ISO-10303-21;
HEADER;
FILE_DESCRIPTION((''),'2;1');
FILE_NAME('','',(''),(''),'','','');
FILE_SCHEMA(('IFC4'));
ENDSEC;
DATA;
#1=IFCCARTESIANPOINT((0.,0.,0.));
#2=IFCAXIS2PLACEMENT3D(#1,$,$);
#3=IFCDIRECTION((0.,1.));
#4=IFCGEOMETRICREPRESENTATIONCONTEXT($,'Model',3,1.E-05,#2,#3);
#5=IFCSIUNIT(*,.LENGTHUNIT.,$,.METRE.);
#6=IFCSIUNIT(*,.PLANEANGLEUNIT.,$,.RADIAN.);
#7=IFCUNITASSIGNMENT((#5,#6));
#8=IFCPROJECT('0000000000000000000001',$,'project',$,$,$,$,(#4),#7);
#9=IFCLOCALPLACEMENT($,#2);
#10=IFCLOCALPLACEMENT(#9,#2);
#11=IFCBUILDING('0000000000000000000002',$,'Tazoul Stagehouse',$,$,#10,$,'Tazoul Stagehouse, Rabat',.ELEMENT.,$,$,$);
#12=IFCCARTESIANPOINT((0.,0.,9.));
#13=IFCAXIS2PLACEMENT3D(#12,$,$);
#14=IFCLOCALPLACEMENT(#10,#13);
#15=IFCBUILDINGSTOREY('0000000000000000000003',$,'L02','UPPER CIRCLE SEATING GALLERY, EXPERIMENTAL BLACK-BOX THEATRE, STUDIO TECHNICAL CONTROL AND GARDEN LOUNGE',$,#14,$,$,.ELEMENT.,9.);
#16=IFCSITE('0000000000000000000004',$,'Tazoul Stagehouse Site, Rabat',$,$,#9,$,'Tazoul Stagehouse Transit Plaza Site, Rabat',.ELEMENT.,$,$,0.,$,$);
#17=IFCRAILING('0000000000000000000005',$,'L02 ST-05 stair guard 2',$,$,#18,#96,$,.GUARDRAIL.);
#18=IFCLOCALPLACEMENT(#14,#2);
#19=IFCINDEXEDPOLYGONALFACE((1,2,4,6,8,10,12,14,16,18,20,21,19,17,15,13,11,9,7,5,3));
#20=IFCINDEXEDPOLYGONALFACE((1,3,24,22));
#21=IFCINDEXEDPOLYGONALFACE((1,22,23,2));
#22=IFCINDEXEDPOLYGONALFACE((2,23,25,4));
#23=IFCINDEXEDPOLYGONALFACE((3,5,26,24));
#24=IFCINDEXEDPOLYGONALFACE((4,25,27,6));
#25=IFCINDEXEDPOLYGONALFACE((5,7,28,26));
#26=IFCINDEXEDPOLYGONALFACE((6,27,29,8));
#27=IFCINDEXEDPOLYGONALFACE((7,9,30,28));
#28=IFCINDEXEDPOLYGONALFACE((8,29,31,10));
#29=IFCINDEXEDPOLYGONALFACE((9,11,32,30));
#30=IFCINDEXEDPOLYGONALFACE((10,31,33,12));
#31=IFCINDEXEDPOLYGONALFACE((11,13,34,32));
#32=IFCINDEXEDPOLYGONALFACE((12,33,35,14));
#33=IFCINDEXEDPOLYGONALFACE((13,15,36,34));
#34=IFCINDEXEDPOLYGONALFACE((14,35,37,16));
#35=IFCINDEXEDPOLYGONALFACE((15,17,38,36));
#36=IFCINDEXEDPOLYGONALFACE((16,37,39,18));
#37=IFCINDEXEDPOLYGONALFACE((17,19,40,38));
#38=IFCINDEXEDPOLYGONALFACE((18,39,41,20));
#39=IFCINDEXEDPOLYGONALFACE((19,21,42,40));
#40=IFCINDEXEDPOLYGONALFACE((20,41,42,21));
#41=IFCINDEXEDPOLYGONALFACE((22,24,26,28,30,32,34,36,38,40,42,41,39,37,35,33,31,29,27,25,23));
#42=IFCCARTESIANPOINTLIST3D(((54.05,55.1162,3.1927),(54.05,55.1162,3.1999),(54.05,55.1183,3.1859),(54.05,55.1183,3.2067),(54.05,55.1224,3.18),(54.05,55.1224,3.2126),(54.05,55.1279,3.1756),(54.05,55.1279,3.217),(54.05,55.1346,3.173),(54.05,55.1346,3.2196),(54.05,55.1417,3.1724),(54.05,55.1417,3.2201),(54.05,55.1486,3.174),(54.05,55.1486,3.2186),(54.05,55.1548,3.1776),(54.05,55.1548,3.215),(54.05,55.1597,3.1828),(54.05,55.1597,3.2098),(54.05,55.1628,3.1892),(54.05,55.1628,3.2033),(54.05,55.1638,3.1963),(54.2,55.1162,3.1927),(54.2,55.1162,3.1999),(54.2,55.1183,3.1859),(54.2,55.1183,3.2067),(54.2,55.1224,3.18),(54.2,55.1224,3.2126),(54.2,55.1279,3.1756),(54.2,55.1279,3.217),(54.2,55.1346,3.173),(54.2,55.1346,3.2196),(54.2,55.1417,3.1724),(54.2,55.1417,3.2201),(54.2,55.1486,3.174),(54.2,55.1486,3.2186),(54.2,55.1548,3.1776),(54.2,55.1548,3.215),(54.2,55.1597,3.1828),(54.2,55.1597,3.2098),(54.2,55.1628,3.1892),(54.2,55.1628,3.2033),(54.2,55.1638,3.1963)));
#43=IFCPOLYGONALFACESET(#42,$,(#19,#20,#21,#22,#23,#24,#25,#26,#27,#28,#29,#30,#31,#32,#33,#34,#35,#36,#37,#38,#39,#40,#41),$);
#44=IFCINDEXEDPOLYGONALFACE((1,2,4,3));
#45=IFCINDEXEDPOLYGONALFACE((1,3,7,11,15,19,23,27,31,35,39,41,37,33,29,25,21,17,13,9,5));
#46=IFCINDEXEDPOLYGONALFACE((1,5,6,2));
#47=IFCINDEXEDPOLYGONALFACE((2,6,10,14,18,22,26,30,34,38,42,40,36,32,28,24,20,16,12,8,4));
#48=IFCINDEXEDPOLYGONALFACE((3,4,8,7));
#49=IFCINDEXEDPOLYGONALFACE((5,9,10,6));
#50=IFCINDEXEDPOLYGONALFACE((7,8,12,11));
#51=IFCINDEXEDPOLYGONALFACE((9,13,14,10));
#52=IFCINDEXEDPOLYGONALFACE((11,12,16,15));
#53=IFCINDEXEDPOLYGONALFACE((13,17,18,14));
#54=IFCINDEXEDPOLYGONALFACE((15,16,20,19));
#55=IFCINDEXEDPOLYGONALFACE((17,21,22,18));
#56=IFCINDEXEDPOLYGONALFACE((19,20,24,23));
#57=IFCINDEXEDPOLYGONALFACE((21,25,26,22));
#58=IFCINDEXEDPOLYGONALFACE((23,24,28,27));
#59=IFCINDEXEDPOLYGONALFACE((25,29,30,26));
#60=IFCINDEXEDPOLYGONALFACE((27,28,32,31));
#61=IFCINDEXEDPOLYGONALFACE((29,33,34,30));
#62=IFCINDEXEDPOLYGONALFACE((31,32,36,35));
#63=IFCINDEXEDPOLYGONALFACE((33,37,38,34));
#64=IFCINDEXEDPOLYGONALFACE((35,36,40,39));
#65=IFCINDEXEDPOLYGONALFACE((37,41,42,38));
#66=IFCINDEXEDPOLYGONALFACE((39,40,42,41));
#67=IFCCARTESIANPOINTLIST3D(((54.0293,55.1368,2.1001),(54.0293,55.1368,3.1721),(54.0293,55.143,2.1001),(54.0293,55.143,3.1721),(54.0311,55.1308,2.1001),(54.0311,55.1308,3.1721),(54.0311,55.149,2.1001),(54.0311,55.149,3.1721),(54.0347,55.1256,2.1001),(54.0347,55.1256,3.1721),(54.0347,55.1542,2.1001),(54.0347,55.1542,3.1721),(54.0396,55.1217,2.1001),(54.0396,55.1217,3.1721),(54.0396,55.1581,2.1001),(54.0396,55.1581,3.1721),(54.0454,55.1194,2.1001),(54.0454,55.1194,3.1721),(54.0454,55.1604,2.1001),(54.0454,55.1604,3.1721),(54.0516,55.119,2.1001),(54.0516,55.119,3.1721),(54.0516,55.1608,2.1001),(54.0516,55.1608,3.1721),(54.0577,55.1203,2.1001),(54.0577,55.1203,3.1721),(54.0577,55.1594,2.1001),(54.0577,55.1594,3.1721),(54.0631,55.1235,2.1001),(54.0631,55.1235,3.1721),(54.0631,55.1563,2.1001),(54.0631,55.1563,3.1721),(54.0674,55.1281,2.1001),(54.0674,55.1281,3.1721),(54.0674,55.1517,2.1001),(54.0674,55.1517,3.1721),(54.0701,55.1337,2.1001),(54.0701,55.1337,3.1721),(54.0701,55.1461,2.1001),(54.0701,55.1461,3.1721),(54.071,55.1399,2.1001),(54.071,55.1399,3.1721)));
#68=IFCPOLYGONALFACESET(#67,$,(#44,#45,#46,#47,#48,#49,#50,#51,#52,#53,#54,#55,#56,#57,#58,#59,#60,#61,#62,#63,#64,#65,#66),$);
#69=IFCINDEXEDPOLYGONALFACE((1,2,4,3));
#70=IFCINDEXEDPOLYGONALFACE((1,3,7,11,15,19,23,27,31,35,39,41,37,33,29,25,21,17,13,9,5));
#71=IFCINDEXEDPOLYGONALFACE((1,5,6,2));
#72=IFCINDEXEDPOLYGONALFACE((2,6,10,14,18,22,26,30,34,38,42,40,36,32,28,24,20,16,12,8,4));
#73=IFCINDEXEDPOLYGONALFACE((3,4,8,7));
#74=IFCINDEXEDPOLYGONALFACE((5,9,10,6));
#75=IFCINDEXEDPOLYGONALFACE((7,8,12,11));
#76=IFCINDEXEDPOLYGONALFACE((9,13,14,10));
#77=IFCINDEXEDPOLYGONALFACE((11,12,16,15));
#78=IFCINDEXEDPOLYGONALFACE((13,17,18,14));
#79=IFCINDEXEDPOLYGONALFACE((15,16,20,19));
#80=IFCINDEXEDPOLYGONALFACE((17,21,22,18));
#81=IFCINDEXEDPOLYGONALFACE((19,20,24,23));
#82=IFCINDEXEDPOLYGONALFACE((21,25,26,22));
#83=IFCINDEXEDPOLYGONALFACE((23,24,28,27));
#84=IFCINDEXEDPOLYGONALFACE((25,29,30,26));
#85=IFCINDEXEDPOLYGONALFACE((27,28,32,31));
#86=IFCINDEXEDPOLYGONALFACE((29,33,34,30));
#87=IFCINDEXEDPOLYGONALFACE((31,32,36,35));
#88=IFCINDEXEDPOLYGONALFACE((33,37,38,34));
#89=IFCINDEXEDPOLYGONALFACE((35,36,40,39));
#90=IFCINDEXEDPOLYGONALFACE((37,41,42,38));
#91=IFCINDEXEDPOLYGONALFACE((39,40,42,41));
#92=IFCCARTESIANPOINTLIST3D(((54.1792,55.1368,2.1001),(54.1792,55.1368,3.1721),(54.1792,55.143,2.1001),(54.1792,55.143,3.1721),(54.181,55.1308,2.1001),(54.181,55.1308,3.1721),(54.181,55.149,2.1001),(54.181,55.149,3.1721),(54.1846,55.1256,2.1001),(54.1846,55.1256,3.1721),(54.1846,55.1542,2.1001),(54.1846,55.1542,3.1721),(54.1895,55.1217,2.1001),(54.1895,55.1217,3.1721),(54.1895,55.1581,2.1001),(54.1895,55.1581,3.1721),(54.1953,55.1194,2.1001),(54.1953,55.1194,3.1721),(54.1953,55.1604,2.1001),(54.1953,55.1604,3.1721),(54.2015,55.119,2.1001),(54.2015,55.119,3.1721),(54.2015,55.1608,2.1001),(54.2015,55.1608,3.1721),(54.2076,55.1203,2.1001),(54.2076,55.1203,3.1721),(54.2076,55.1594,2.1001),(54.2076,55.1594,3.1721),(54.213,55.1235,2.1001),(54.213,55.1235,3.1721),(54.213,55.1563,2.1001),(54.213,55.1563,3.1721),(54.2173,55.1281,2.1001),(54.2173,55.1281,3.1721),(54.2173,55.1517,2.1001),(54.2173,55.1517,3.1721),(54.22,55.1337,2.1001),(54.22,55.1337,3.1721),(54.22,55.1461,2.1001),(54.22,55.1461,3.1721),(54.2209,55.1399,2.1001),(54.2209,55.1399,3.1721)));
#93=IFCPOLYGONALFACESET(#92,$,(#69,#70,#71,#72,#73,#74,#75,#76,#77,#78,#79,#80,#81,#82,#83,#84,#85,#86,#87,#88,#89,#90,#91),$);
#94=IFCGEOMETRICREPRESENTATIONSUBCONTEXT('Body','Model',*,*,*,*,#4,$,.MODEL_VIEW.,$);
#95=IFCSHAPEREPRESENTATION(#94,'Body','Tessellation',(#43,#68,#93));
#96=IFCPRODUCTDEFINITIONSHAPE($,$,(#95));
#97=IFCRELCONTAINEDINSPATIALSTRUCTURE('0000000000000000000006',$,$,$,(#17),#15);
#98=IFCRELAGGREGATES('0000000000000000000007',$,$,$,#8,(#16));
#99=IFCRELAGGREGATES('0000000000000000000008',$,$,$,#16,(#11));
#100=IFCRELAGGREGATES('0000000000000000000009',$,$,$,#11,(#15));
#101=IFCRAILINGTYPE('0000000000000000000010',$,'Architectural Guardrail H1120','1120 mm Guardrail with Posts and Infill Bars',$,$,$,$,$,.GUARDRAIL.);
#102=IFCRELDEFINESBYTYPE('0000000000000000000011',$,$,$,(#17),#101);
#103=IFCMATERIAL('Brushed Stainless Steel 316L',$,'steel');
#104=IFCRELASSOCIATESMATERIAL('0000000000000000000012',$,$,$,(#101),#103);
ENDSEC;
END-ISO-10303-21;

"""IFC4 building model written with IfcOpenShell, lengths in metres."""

from ifc_helpers import new_model, si_unit, direction, frame, origin, origin_2d, place, context, subcontext, project, spatial, circle, extrude, material, material_profile, profile_set, type_object, element, save


model = new_model("IFC4")

# Units and contexts
model_context = context("Model", 3, precision=1e-05, world=origin(), true_north=direction((0.0, 1.0)))
body_context = subcontext(model_context, "Body", "Model", "MODEL_VIEW")
ifc_project = project(units=[si_unit("LENGTHUNIT", "METRE"), si_unit("PLANEANGLEUNIT", "RADIAN")], contexts=[model_context])

# Site, building, storey
site_placement = place(None, origin())
site = spatial("IfcSite", under=ifc_project, at=site_placement, Name="Tazoul Stagehouse Site, Rabat", LongName="Tazoul Stagehouse Transit Plaza Site, Rabat", CompositionType="ELEMENT", RefElevation=0.0)
building_placement = place(site_placement, origin())
building = spatial("IfcBuilding", under=site, at=building_placement, Name="Tazoul Stagehouse", LongName="Tazoul Stagehouse, Rabat", CompositionType="ELEMENT")
storey_placement = place(building_placement, frame((0.0, 0.0, 9.0)))
storey = spatial("IfcBuildingStorey", under=building, at=storey_placement, Name="L02", Description="UPPER CIRCLE SEATING GALLERY, EXPERIMENTAL BLACK-BOX THEATRE, STUDIO TECHNICAL CONTROL AND GARDEN LOUNGE", CompositionType="ELEMENT", Elevation=9.0)

# Railing
ifc_material_1 = material(Name="Brushed Stainless Steel 316L", Category="steel")
ifc_material_profile_1 = material_profile(ifc_material_1, circle(Radius=0.0239, at=origin_2d()), Name="SS RAIL D48")
ifc_profile_set_1 = profile_set([ifc_material_profile_1], Name="Brushed Stainless Steel 316L")
railing_type_1 = type_object("IfcRailingType", Name="Architectural Guardrail H1120", Description="1120 mm Guardrail with Posts and Infill Bars", PredefinedType="GUARDRAIL", material=ifc_profile_set_1)
railing_1_placement = place(storey_placement, frame((54.05, 55.1399, 2.1001)))
element("IfcRailing", 1, at=railing_1_placement, inside=storey, type_object=railing_type_1, Name="L02 ST-05 stair guard 2", PredefinedType="GUARDRAIL", context=body_context, shape_type="SweptSolid", body=[
    extrude(circle(Radius=0.0239, at=origin_2d()), frame((0.0, 0.0, 1.0962), z_axis=(1.0, 0.0, 0.0), x_axis=(0.0, 1.0, 0.0)), (0.0, 0.0, 1.0), 0.1499),
    extrude(circle(Radius=0.021, at=origin_2d()), origin(), (0.0, 0.0, 1.0), 1.072),
    extrude(circle(Radius=0.021, at=origin_2d()), frame((0.1499, 0.0, 0.0)), (0.0, 0.0, 1.0), 1.072),
])

save(model, "model.ifc")
